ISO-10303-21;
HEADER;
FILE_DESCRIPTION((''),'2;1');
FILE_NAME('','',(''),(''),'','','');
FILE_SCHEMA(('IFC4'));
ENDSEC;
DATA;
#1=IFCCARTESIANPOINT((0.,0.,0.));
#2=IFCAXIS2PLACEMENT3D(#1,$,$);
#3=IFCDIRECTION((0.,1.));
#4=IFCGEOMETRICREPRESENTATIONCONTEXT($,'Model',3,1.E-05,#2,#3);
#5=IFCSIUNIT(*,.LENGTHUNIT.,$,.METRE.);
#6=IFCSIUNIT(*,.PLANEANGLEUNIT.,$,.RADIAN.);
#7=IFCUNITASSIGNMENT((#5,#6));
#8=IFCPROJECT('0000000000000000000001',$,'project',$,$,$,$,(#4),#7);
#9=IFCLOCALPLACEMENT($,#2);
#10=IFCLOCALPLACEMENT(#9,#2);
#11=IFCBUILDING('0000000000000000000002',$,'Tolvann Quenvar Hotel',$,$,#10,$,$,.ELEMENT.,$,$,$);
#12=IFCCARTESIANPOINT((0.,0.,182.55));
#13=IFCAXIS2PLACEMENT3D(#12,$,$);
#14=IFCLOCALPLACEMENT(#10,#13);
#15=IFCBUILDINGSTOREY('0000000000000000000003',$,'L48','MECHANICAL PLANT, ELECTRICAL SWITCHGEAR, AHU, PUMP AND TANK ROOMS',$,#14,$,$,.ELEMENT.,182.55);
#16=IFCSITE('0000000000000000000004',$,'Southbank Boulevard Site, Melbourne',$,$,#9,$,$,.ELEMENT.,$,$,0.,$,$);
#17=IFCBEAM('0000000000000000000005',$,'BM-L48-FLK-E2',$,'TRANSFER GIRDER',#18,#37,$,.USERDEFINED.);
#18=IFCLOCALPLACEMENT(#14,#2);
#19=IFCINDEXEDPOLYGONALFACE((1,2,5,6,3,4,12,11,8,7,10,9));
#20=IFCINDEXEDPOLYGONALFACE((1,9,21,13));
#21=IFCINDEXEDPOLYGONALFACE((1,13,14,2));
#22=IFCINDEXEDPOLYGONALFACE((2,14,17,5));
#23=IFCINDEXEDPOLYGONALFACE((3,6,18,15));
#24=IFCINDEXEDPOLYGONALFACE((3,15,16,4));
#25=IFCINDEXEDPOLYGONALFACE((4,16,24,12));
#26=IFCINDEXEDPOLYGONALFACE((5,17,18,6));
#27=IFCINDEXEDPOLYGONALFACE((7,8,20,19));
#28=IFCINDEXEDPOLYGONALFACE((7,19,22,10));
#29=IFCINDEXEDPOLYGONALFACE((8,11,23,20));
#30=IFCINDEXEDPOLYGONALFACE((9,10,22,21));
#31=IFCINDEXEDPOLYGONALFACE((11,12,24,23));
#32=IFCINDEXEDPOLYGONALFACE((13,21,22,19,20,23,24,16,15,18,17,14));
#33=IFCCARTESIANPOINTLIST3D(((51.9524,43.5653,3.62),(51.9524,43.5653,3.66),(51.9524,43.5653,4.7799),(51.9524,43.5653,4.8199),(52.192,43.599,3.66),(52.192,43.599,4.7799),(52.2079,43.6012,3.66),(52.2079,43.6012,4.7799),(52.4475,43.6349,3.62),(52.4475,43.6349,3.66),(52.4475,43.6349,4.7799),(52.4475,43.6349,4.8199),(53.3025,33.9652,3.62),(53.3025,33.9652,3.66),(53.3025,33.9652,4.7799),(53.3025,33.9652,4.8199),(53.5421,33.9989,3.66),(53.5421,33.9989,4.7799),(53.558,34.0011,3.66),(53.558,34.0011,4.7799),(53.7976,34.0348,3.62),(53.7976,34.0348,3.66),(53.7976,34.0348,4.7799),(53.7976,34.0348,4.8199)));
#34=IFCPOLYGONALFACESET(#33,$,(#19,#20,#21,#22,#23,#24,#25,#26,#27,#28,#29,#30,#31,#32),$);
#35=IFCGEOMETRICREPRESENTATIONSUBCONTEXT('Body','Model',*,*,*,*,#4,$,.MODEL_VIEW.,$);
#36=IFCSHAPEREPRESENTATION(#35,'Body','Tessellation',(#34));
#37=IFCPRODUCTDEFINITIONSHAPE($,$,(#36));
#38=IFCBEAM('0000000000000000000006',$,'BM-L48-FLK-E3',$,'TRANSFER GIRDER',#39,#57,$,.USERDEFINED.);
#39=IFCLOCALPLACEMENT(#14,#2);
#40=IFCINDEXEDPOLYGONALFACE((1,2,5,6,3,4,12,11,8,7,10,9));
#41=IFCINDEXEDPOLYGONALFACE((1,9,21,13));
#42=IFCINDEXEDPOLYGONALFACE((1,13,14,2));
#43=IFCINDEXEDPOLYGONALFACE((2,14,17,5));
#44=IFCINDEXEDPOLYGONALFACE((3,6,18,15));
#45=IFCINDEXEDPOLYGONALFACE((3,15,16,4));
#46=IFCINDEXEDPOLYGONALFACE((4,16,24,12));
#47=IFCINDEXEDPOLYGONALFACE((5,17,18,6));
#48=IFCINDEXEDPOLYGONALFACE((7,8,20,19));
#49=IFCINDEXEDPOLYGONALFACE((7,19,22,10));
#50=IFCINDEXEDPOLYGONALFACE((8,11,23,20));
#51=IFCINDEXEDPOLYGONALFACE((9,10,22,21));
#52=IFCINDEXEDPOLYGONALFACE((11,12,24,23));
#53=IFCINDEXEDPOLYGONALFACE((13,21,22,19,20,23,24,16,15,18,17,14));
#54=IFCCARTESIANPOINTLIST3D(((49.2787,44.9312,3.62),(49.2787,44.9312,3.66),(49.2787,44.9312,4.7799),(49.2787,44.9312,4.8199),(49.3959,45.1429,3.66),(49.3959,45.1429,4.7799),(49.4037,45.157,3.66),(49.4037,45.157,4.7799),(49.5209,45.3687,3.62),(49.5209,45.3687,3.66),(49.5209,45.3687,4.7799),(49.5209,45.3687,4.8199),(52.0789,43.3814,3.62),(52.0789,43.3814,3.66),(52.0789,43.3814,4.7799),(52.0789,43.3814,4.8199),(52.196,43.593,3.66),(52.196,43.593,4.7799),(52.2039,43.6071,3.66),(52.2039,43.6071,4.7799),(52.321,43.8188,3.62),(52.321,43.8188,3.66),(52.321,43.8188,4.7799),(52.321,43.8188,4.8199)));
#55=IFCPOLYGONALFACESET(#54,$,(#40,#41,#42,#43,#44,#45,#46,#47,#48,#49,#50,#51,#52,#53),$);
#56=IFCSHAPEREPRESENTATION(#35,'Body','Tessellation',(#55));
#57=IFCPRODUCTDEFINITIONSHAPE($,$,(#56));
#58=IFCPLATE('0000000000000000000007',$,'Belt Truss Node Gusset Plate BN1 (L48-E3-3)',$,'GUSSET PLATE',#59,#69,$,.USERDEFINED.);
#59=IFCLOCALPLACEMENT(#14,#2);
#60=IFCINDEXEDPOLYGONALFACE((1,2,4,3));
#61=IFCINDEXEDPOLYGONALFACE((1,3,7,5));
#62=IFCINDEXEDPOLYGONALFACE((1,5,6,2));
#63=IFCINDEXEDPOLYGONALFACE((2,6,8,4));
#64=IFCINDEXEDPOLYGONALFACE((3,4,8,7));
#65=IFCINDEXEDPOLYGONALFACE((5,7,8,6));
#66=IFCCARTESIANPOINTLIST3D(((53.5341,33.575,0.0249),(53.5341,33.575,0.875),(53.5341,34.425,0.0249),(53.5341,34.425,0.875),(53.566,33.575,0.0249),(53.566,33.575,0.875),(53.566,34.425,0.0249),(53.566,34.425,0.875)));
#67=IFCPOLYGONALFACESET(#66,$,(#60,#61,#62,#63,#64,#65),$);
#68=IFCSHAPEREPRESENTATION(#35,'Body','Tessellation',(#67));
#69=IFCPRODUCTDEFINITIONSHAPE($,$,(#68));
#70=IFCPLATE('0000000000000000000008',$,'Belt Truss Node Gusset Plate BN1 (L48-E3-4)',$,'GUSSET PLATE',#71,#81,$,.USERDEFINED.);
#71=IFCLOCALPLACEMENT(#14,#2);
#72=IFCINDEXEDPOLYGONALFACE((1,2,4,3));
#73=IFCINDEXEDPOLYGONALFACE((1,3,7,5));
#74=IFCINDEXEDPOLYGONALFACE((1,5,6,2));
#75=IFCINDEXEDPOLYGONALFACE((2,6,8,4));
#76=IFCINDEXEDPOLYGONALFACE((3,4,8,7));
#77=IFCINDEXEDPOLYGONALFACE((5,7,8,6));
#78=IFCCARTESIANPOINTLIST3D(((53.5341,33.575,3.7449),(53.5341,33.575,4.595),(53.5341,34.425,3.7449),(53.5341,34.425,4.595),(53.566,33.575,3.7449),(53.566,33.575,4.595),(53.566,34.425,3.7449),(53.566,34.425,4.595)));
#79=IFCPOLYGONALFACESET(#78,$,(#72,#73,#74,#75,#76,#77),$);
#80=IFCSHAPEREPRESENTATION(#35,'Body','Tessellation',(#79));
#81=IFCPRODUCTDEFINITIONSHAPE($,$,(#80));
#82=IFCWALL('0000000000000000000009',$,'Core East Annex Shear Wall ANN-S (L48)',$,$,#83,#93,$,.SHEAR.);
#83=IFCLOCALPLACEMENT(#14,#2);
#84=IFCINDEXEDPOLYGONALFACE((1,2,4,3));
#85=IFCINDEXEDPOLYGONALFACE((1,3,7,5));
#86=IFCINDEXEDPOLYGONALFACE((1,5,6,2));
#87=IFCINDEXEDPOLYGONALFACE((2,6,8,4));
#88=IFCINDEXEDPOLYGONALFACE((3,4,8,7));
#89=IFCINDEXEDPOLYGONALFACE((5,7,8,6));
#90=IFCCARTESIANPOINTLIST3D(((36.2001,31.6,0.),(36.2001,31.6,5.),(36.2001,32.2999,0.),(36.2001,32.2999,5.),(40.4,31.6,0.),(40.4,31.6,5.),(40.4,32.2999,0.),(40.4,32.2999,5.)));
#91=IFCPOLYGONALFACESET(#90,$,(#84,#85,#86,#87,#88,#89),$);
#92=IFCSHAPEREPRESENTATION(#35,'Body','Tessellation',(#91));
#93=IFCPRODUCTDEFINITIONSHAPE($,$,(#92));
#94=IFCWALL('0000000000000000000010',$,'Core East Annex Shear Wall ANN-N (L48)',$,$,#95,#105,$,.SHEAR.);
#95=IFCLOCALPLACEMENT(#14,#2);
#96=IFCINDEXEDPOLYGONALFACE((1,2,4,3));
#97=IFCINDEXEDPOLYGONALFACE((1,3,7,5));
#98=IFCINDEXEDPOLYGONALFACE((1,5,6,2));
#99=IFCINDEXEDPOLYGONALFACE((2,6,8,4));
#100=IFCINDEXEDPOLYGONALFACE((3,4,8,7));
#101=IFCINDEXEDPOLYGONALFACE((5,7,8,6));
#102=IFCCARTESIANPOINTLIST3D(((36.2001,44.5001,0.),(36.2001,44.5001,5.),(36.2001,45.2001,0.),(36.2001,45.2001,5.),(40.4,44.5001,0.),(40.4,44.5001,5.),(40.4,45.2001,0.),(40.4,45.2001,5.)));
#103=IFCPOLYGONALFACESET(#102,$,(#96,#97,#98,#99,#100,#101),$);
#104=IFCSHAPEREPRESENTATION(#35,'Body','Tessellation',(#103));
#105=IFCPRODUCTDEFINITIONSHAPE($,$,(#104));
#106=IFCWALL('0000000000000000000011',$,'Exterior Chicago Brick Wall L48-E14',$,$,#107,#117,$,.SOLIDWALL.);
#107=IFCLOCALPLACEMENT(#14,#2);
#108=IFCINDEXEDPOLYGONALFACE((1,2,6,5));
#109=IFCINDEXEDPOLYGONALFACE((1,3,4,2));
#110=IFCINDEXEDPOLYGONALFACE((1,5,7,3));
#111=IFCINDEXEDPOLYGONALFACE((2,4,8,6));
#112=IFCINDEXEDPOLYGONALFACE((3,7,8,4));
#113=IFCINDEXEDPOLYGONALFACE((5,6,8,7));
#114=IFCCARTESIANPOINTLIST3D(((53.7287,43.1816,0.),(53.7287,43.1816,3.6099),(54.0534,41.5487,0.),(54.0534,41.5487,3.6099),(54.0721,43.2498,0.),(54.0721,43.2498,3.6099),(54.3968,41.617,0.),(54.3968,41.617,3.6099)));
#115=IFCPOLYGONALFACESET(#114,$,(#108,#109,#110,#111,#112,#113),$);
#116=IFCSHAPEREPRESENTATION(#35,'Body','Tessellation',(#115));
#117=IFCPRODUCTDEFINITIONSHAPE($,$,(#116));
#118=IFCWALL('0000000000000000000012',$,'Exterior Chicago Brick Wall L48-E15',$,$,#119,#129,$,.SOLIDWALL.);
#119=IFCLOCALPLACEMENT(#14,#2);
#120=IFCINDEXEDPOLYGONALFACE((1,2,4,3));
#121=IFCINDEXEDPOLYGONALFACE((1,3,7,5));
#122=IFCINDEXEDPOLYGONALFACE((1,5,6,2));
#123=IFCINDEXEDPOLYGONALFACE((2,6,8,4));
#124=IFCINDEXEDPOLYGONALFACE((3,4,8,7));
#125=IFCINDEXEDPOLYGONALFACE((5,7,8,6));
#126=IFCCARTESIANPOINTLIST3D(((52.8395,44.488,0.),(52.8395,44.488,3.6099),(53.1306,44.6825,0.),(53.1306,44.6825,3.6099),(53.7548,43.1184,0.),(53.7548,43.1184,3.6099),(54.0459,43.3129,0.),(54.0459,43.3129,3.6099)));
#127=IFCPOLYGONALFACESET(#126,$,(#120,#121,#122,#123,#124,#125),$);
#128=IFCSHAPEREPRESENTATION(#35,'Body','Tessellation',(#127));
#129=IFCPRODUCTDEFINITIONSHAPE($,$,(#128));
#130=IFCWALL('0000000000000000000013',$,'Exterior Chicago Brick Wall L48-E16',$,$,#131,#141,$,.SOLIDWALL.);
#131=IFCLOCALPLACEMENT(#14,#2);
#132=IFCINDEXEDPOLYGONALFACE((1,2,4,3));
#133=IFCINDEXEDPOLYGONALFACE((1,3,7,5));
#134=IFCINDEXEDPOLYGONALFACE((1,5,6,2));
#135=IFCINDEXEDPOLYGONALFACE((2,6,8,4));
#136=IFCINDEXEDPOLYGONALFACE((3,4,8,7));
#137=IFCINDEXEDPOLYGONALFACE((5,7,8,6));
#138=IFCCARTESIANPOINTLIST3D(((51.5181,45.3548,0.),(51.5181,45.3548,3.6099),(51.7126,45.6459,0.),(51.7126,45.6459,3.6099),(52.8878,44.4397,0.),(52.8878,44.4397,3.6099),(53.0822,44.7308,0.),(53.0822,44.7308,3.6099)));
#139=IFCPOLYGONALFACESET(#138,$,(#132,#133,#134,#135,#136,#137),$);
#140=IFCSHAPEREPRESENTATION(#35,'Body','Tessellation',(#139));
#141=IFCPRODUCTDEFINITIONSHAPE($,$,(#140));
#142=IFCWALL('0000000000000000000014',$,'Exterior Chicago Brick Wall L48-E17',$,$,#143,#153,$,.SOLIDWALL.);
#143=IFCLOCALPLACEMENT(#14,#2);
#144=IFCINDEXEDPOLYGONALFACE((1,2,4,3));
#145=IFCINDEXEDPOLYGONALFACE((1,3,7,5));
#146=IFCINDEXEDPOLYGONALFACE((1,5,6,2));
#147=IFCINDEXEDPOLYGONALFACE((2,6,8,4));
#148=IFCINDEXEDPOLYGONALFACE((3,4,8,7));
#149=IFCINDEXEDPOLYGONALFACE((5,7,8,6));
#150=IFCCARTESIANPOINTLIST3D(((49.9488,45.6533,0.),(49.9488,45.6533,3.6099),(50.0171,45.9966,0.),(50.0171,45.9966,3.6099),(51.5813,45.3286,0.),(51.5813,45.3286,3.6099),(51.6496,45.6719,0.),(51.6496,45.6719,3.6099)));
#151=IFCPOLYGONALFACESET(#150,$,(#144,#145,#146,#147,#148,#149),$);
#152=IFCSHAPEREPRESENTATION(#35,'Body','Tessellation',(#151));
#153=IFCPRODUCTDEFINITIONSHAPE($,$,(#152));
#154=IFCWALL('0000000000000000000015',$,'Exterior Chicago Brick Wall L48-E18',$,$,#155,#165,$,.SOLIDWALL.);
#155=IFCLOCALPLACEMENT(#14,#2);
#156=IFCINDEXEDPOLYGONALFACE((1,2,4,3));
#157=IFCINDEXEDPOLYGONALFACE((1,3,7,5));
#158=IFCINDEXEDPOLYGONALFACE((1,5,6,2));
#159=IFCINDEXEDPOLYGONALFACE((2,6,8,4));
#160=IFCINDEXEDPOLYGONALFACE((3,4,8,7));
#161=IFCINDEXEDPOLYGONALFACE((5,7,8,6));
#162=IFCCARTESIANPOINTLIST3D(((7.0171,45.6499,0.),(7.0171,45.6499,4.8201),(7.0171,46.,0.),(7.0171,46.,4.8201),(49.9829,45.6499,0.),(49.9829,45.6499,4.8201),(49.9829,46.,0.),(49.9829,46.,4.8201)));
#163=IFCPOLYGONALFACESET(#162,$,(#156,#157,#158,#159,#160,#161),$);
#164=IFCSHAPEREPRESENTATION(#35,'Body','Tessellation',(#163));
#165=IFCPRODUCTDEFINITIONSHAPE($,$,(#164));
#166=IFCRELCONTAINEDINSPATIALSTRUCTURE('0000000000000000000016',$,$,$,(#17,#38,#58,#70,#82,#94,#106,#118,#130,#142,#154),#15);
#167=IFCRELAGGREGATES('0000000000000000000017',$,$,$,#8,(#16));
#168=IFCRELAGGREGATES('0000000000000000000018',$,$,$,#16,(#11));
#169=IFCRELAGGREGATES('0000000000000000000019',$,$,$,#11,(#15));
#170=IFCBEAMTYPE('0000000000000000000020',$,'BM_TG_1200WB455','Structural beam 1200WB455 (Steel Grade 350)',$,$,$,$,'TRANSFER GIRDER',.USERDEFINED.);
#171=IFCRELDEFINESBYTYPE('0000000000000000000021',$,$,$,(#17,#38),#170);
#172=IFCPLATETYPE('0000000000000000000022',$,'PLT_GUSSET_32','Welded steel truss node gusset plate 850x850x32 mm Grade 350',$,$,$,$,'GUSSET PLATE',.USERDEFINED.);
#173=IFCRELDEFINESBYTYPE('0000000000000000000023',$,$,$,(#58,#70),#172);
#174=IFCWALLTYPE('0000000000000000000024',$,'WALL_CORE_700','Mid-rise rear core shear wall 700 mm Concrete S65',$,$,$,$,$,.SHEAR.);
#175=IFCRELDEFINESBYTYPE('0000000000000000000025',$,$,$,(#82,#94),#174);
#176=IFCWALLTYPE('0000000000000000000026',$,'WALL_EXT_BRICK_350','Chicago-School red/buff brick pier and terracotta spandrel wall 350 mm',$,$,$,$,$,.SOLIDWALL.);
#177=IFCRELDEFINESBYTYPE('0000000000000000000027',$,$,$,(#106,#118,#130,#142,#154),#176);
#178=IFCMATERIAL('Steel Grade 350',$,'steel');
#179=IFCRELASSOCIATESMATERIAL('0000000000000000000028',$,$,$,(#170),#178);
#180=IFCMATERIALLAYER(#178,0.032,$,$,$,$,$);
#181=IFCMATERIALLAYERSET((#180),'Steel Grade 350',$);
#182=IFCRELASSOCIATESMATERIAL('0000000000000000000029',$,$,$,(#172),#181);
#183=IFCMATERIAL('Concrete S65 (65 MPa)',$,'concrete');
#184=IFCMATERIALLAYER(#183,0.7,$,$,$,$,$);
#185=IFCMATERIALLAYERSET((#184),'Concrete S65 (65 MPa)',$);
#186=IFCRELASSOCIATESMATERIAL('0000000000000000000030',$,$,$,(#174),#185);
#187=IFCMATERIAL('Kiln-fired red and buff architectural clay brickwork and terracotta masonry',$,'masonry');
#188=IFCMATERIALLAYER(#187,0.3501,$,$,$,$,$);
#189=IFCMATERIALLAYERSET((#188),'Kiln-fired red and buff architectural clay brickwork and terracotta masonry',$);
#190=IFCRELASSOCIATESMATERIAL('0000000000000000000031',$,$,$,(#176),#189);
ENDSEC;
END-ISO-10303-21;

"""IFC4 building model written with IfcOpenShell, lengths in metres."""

from ifc_helpers import new_model, si_unit, direction, frame, frame_2d, origin, origin_2d, place, context, subcontext, project, spatial, rectangle, i_section, extrude, source, transform, mapped, material, layer, layer_set, material_profile, profile_set, type_object, type_shapes, element, save


model = new_model("IFC4")

# Units and contexts
model_context = context("Model", 3, precision=1e-05, world=origin(), true_north=direction((0.0, 1.0)))
body_context = subcontext(model_context, "Body", "Model", "MODEL_VIEW")
ifc_project = project(units=[si_unit("LENGTHUNIT", "METRE"), si_unit("PLANEANGLEUNIT", "RADIAN")], contexts=[model_context])

# Site, building, storey
site_placement = place(None, origin())
site = spatial("IfcSite", under=ifc_project, at=site_placement, Name="Southbank Boulevard Site, Melbourne", CompositionType="ELEMENT", RefElevation=0.0)
building_placement = place(site_placement, origin())
building = spatial("IfcBuilding", under=site, at=building_placement, Name="Tolvann Quenvar Hotel", CompositionType="ELEMENT")
storey_placement = place(building_placement, frame((0.0, 0.0, 182.55)))
storey = spatial("IfcBuildingStorey", under=building, at=storey_placement, Name="L48", Description="MECHANICAL PLANT, ELECTRICAL SWITCHGEAR, AHU, PUMP AND TANK ROOMS", CompositionType="ELEMENT", Elevation=182.55)

# Shared definitions
ifc_material_1 = material(Name="Steel Grade 350", Category="steel")
ifc_material_profile_1 = material_profile(ifc_material_1, i_section(OverallWidth=0.5, OverallDepth=1.2, WebThickness=0.0161, FlangeThickness=0.04, at=origin_2d()), Name="1200WB455")
ifc_profile_set_1 = profile_set([ifc_material_profile_1], Name="Steel Grade 350")
beam_type = type_object("IfcBeamType", Name="BM_TG_1200WB455", Description="Structural beam 1200WB455 (Steel Grade 350)", ElementType="TRANSFER GIRDER", PredefinedType="USERDEFINED", material=ifc_profile_set_1)

# Beams
shared_shape_1 = source(origin(), body_context, "Body", "SweptSolid", [
    extrude(i_section(OverallWidth=0.5, OverallDepth=1.2, WebThickness=0.0161, FlangeThickness=0.04, at=origin_2d()), origin(), (0.0, 0.0, 1.0), 9.6946),
])
beam_1_placement = place(storey_placement, frame((53.55, 34.0, 4.22), z_axis=(-0.139263, 0.990255, 0.0), x_axis=(-0.990255, -0.139263, 0.0)))
element("IfcBeam", 1, at=beam_1_placement, inside=storey, type_object=beam_type, Name="BM-L48-FLK-E2", ObjectType="TRANSFER GIRDER", PredefinedType="USERDEFINED", context=body_context, shape_type="MappedRepresentation", body=[
    mapped(shared_shape_1, transform((0.0, 0.0, 0.0), x_axis=(1.0, 0.0, 0.0), y_axis=(0.0, 1.0, 0.0), z_axis=(0.0, 0.0, 1.0), scale=1.0)),
])
shared_shape_2 = source(origin(), body_context, "Body", "SweptSolid", [
    extrude(i_section(OverallWidth=0.5, OverallDepth=1.2, WebThickness=0.0161, FlangeThickness=0.04, at=origin_2d()), origin(), (0.0, 0.0, 1.0), 3.2004),
])
beam_2_placement = place(storey_placement, frame((52.2, 43.6001, 4.22), z_axis=(-0.874923, 0.484263, 0.0), x_axis=(-0.484263, -0.874923, 0.0)))
element("IfcBeam", 2, at=beam_2_placement, inside=storey, type_object=beam_type, Name="BM-L48-FLK-E3", ObjectType="TRANSFER GIRDER", PredefinedType="USERDEFINED", context=body_context, shape_type="MappedRepresentation", body=[
    mapped(shared_shape_2, transform((0.0, 0.0, 0.0), x_axis=(1.0, 0.0, 0.0), y_axis=(0.0, 1.0, 0.0), z_axis=(0.0, 0.0, 1.0), scale=1.0)),
])

# Plates
ifc_layer_1 = layer(ifc_material_1, 0.032)
ifc_layer_set_1 = layer_set([ifc_layer_1], Name="Steel Grade 350")
plate_type = type_object("IfcPlateType", Name="PLT_GUSSET_32", Description="Welded steel truss node gusset plate 850x850x32 mm Grade 350", ElementType="GUSSET PLATE", PredefinedType="USERDEFINED", material=ifc_layer_set_1)
shared_shape_3 = source(origin(), body_context, "Body", "SweptSolid", [
    extrude(rectangle(XDim=0.032, YDim=0.8501, at=origin_2d()), origin(), (0.0, 0.0, 1.0), 0.8501),
])
type_shapes(plate_type, [shared_shape_3])
for number, where, z_axis, x_axis, name in (
    (3, (53.55, 34.0, 0.0249), (0.0, 0.0, 1.0), (1.0, 0.0, 0.0), "Belt Truss Node Gusset Plate BN1 (L48-E3-3)"),
    (4, (53.55, 34.0, 3.7449), (0.0, 0.0, 1.0), (1.0, 0.0, 0.0), "Belt Truss Node Gusset Plate BN1 (L48-E3-4)"),
):
    element("IfcPlate", number, at=place(storey_placement, frame(where, z_axis=z_axis, x_axis=x_axis)), inside=storey, type_object=plate_type, Name=name, ObjectType="GUSSET PLATE", PredefinedType="USERDEFINED", context=body_context, shape_type="MappedRepresentation", body=[
        mapped(shared_shape_3, transform((0.0, 0.0, 0.0), x_axis=(1.0, 0.0, 0.0), y_axis=(0.0, 1.0, 0.0), z_axis=(0.0, 0.0, 1.0), scale=1.0)),
    ])

# Walls
ifc_material_2 = material(Name="Concrete S65 (65 MPa)", Category="concrete")
ifc_layer_2 = layer(ifc_material_2, 0.7)
ifc_layer_set_2 = layer_set([ifc_layer_2], Name="Concrete S65 (65 MPa)")
wall_type_1 = type_object("IfcWallType", Name="WALL_CORE_700", Description="Mid-rise rear core shear wall 700 mm Concrete S65", PredefinedType="SHEAR", material=ifc_layer_set_2)
for number, where, z_axis, x_axis, name in (
    (5, (36.2, 31.95, 0.0), (0.0, 0.0, 1.0), (1.0, 0.0, 0.0), "Core East Annex Shear Wall ANN-S (L48)"),
    (6, (36.2, 44.8501, 0.0), (0.0, 0.0, 1.0), (1.0, 0.0, 0.0), "Core East Annex Shear Wall ANN-N (L48)"),
):
    element("IfcWall", number, at=place(storey_placement, frame(where, z_axis=z_axis, x_axis=x_axis)), inside=storey, type_object=wall_type_1, Name=name, PredefinedType="SHEAR", context=body_context, shape_type="SweptSolid", body=[
        extrude(rectangle(XDim=4.2, YDim=0.7, at=frame_2d((2.1001, 0.0))), origin(), (0.0, 0.0, 1.0), 5.0),
    ])
ifc_material_3 = material(Name="Kiln-fired red and buff architectural clay brickwork and terracotta masonry", Category="masonry")
ifc_layer_3 = layer(ifc_material_3, 0.3501)
ifc_layer_set_3 = layer_set([ifc_layer_3], Name="Kiln-fired red and buff architectural clay brickwork and terracotta masonry")
wall_type_2 = type_object("IfcWallType", Name="WALL_EXT_BRICK_350", Description="Chicago-School red/buff brick pier and terracotta spandrel wall 350 mm", PredefinedType="SOLIDWALL", material=ifc_layer_set_3)
wall_1_placement = place(storey_placement, frame((54.2251, 41.5828, 0.0), z_axis=(0.0, 0.0, 1.0), x_axis=(-0.195044, 0.980794, 0.0)))
element("IfcWall", 7, at=wall_1_placement, inside=storey, type_object=wall_type_2, Name="Exterior Chicago Brick Wall L48-E14", PredefinedType="SOLIDWALL", context=body_context, shape_type="SweptSolid", body=[
    extrude(rectangle(XDim=1.6648, YDim=0.3501, at=frame_2d((0.8325, 0.0))), origin(), (0.0, 0.0, 1.0), 3.6099),
])
for number, where, z_axis, x_axis, name in (
    (8, (53.9004, 43.2156, 0.0), (0.0, 0.0, 1.0), (-0.555623, 0.831434, 0.0), "Exterior Chicago Brick Wall L48-E15"),
    (9, (52.9851, 44.5852, 0.0), (0.0, 0.0, 1.0), (-0.831503, 0.555521, 0.0), "Exterior Chicago Brick Wall L48-E16"),
):
    element("IfcWall", number, at=place(storey_placement, frame(where, z_axis=z_axis, x_axis=x_axis)), inside=storey, type_object=wall_type_2, Name=name, PredefinedType="SOLIDWALL", context=body_context, shape_type="SweptSolid", body=[
        extrude(rectangle(XDim=1.6472, YDim=0.3501, at=frame_2d((0.8237, 0.0))), origin(), (0.0, 0.0, 1.0), 3.6099),
    ])
wall_2_placement = place(storey_placement, frame((51.6155, 45.5002, 0.0), z_axis=(0.0, 0.0, 1.0), x_axis=(-0.980789, 0.195072, 0.0)))
element("IfcWall", 10, at=wall_2_placement, inside=storey, type_object=wall_type_2, Name="Exterior Chicago Brick Wall L48-E17", PredefinedType="SOLIDWALL", context=body_context, shape_type="SweptSolid", body=[
    extrude(rectangle(XDim=1.6646, YDim=0.3501, at=frame_2d((0.8323, 0.0))), origin(), (0.0, 0.0, 1.0), 3.6099),
])
wall_3_placement = place(storey_placement, frame((49.9829, 45.825, 0.0), z_axis=(0.0, 0.0, 1.0), x_axis=(-1.0, 0.0, 0.0)))
element("IfcWall", 11, at=wall_3_placement, inside=storey, type_object=wall_type_2, Name="Exterior Chicago Brick Wall L48-E18", PredefinedType="SOLIDWALL", context=body_context, shape_type="SweptSolid", body=[
    extrude(rectangle(XDim=42.9658, YDim=0.3501, at=frame_2d((21.4829, 0.0))), origin(), (0.0, 0.0, 1.0), 4.8201),
])

save(model, "model.ifc")
